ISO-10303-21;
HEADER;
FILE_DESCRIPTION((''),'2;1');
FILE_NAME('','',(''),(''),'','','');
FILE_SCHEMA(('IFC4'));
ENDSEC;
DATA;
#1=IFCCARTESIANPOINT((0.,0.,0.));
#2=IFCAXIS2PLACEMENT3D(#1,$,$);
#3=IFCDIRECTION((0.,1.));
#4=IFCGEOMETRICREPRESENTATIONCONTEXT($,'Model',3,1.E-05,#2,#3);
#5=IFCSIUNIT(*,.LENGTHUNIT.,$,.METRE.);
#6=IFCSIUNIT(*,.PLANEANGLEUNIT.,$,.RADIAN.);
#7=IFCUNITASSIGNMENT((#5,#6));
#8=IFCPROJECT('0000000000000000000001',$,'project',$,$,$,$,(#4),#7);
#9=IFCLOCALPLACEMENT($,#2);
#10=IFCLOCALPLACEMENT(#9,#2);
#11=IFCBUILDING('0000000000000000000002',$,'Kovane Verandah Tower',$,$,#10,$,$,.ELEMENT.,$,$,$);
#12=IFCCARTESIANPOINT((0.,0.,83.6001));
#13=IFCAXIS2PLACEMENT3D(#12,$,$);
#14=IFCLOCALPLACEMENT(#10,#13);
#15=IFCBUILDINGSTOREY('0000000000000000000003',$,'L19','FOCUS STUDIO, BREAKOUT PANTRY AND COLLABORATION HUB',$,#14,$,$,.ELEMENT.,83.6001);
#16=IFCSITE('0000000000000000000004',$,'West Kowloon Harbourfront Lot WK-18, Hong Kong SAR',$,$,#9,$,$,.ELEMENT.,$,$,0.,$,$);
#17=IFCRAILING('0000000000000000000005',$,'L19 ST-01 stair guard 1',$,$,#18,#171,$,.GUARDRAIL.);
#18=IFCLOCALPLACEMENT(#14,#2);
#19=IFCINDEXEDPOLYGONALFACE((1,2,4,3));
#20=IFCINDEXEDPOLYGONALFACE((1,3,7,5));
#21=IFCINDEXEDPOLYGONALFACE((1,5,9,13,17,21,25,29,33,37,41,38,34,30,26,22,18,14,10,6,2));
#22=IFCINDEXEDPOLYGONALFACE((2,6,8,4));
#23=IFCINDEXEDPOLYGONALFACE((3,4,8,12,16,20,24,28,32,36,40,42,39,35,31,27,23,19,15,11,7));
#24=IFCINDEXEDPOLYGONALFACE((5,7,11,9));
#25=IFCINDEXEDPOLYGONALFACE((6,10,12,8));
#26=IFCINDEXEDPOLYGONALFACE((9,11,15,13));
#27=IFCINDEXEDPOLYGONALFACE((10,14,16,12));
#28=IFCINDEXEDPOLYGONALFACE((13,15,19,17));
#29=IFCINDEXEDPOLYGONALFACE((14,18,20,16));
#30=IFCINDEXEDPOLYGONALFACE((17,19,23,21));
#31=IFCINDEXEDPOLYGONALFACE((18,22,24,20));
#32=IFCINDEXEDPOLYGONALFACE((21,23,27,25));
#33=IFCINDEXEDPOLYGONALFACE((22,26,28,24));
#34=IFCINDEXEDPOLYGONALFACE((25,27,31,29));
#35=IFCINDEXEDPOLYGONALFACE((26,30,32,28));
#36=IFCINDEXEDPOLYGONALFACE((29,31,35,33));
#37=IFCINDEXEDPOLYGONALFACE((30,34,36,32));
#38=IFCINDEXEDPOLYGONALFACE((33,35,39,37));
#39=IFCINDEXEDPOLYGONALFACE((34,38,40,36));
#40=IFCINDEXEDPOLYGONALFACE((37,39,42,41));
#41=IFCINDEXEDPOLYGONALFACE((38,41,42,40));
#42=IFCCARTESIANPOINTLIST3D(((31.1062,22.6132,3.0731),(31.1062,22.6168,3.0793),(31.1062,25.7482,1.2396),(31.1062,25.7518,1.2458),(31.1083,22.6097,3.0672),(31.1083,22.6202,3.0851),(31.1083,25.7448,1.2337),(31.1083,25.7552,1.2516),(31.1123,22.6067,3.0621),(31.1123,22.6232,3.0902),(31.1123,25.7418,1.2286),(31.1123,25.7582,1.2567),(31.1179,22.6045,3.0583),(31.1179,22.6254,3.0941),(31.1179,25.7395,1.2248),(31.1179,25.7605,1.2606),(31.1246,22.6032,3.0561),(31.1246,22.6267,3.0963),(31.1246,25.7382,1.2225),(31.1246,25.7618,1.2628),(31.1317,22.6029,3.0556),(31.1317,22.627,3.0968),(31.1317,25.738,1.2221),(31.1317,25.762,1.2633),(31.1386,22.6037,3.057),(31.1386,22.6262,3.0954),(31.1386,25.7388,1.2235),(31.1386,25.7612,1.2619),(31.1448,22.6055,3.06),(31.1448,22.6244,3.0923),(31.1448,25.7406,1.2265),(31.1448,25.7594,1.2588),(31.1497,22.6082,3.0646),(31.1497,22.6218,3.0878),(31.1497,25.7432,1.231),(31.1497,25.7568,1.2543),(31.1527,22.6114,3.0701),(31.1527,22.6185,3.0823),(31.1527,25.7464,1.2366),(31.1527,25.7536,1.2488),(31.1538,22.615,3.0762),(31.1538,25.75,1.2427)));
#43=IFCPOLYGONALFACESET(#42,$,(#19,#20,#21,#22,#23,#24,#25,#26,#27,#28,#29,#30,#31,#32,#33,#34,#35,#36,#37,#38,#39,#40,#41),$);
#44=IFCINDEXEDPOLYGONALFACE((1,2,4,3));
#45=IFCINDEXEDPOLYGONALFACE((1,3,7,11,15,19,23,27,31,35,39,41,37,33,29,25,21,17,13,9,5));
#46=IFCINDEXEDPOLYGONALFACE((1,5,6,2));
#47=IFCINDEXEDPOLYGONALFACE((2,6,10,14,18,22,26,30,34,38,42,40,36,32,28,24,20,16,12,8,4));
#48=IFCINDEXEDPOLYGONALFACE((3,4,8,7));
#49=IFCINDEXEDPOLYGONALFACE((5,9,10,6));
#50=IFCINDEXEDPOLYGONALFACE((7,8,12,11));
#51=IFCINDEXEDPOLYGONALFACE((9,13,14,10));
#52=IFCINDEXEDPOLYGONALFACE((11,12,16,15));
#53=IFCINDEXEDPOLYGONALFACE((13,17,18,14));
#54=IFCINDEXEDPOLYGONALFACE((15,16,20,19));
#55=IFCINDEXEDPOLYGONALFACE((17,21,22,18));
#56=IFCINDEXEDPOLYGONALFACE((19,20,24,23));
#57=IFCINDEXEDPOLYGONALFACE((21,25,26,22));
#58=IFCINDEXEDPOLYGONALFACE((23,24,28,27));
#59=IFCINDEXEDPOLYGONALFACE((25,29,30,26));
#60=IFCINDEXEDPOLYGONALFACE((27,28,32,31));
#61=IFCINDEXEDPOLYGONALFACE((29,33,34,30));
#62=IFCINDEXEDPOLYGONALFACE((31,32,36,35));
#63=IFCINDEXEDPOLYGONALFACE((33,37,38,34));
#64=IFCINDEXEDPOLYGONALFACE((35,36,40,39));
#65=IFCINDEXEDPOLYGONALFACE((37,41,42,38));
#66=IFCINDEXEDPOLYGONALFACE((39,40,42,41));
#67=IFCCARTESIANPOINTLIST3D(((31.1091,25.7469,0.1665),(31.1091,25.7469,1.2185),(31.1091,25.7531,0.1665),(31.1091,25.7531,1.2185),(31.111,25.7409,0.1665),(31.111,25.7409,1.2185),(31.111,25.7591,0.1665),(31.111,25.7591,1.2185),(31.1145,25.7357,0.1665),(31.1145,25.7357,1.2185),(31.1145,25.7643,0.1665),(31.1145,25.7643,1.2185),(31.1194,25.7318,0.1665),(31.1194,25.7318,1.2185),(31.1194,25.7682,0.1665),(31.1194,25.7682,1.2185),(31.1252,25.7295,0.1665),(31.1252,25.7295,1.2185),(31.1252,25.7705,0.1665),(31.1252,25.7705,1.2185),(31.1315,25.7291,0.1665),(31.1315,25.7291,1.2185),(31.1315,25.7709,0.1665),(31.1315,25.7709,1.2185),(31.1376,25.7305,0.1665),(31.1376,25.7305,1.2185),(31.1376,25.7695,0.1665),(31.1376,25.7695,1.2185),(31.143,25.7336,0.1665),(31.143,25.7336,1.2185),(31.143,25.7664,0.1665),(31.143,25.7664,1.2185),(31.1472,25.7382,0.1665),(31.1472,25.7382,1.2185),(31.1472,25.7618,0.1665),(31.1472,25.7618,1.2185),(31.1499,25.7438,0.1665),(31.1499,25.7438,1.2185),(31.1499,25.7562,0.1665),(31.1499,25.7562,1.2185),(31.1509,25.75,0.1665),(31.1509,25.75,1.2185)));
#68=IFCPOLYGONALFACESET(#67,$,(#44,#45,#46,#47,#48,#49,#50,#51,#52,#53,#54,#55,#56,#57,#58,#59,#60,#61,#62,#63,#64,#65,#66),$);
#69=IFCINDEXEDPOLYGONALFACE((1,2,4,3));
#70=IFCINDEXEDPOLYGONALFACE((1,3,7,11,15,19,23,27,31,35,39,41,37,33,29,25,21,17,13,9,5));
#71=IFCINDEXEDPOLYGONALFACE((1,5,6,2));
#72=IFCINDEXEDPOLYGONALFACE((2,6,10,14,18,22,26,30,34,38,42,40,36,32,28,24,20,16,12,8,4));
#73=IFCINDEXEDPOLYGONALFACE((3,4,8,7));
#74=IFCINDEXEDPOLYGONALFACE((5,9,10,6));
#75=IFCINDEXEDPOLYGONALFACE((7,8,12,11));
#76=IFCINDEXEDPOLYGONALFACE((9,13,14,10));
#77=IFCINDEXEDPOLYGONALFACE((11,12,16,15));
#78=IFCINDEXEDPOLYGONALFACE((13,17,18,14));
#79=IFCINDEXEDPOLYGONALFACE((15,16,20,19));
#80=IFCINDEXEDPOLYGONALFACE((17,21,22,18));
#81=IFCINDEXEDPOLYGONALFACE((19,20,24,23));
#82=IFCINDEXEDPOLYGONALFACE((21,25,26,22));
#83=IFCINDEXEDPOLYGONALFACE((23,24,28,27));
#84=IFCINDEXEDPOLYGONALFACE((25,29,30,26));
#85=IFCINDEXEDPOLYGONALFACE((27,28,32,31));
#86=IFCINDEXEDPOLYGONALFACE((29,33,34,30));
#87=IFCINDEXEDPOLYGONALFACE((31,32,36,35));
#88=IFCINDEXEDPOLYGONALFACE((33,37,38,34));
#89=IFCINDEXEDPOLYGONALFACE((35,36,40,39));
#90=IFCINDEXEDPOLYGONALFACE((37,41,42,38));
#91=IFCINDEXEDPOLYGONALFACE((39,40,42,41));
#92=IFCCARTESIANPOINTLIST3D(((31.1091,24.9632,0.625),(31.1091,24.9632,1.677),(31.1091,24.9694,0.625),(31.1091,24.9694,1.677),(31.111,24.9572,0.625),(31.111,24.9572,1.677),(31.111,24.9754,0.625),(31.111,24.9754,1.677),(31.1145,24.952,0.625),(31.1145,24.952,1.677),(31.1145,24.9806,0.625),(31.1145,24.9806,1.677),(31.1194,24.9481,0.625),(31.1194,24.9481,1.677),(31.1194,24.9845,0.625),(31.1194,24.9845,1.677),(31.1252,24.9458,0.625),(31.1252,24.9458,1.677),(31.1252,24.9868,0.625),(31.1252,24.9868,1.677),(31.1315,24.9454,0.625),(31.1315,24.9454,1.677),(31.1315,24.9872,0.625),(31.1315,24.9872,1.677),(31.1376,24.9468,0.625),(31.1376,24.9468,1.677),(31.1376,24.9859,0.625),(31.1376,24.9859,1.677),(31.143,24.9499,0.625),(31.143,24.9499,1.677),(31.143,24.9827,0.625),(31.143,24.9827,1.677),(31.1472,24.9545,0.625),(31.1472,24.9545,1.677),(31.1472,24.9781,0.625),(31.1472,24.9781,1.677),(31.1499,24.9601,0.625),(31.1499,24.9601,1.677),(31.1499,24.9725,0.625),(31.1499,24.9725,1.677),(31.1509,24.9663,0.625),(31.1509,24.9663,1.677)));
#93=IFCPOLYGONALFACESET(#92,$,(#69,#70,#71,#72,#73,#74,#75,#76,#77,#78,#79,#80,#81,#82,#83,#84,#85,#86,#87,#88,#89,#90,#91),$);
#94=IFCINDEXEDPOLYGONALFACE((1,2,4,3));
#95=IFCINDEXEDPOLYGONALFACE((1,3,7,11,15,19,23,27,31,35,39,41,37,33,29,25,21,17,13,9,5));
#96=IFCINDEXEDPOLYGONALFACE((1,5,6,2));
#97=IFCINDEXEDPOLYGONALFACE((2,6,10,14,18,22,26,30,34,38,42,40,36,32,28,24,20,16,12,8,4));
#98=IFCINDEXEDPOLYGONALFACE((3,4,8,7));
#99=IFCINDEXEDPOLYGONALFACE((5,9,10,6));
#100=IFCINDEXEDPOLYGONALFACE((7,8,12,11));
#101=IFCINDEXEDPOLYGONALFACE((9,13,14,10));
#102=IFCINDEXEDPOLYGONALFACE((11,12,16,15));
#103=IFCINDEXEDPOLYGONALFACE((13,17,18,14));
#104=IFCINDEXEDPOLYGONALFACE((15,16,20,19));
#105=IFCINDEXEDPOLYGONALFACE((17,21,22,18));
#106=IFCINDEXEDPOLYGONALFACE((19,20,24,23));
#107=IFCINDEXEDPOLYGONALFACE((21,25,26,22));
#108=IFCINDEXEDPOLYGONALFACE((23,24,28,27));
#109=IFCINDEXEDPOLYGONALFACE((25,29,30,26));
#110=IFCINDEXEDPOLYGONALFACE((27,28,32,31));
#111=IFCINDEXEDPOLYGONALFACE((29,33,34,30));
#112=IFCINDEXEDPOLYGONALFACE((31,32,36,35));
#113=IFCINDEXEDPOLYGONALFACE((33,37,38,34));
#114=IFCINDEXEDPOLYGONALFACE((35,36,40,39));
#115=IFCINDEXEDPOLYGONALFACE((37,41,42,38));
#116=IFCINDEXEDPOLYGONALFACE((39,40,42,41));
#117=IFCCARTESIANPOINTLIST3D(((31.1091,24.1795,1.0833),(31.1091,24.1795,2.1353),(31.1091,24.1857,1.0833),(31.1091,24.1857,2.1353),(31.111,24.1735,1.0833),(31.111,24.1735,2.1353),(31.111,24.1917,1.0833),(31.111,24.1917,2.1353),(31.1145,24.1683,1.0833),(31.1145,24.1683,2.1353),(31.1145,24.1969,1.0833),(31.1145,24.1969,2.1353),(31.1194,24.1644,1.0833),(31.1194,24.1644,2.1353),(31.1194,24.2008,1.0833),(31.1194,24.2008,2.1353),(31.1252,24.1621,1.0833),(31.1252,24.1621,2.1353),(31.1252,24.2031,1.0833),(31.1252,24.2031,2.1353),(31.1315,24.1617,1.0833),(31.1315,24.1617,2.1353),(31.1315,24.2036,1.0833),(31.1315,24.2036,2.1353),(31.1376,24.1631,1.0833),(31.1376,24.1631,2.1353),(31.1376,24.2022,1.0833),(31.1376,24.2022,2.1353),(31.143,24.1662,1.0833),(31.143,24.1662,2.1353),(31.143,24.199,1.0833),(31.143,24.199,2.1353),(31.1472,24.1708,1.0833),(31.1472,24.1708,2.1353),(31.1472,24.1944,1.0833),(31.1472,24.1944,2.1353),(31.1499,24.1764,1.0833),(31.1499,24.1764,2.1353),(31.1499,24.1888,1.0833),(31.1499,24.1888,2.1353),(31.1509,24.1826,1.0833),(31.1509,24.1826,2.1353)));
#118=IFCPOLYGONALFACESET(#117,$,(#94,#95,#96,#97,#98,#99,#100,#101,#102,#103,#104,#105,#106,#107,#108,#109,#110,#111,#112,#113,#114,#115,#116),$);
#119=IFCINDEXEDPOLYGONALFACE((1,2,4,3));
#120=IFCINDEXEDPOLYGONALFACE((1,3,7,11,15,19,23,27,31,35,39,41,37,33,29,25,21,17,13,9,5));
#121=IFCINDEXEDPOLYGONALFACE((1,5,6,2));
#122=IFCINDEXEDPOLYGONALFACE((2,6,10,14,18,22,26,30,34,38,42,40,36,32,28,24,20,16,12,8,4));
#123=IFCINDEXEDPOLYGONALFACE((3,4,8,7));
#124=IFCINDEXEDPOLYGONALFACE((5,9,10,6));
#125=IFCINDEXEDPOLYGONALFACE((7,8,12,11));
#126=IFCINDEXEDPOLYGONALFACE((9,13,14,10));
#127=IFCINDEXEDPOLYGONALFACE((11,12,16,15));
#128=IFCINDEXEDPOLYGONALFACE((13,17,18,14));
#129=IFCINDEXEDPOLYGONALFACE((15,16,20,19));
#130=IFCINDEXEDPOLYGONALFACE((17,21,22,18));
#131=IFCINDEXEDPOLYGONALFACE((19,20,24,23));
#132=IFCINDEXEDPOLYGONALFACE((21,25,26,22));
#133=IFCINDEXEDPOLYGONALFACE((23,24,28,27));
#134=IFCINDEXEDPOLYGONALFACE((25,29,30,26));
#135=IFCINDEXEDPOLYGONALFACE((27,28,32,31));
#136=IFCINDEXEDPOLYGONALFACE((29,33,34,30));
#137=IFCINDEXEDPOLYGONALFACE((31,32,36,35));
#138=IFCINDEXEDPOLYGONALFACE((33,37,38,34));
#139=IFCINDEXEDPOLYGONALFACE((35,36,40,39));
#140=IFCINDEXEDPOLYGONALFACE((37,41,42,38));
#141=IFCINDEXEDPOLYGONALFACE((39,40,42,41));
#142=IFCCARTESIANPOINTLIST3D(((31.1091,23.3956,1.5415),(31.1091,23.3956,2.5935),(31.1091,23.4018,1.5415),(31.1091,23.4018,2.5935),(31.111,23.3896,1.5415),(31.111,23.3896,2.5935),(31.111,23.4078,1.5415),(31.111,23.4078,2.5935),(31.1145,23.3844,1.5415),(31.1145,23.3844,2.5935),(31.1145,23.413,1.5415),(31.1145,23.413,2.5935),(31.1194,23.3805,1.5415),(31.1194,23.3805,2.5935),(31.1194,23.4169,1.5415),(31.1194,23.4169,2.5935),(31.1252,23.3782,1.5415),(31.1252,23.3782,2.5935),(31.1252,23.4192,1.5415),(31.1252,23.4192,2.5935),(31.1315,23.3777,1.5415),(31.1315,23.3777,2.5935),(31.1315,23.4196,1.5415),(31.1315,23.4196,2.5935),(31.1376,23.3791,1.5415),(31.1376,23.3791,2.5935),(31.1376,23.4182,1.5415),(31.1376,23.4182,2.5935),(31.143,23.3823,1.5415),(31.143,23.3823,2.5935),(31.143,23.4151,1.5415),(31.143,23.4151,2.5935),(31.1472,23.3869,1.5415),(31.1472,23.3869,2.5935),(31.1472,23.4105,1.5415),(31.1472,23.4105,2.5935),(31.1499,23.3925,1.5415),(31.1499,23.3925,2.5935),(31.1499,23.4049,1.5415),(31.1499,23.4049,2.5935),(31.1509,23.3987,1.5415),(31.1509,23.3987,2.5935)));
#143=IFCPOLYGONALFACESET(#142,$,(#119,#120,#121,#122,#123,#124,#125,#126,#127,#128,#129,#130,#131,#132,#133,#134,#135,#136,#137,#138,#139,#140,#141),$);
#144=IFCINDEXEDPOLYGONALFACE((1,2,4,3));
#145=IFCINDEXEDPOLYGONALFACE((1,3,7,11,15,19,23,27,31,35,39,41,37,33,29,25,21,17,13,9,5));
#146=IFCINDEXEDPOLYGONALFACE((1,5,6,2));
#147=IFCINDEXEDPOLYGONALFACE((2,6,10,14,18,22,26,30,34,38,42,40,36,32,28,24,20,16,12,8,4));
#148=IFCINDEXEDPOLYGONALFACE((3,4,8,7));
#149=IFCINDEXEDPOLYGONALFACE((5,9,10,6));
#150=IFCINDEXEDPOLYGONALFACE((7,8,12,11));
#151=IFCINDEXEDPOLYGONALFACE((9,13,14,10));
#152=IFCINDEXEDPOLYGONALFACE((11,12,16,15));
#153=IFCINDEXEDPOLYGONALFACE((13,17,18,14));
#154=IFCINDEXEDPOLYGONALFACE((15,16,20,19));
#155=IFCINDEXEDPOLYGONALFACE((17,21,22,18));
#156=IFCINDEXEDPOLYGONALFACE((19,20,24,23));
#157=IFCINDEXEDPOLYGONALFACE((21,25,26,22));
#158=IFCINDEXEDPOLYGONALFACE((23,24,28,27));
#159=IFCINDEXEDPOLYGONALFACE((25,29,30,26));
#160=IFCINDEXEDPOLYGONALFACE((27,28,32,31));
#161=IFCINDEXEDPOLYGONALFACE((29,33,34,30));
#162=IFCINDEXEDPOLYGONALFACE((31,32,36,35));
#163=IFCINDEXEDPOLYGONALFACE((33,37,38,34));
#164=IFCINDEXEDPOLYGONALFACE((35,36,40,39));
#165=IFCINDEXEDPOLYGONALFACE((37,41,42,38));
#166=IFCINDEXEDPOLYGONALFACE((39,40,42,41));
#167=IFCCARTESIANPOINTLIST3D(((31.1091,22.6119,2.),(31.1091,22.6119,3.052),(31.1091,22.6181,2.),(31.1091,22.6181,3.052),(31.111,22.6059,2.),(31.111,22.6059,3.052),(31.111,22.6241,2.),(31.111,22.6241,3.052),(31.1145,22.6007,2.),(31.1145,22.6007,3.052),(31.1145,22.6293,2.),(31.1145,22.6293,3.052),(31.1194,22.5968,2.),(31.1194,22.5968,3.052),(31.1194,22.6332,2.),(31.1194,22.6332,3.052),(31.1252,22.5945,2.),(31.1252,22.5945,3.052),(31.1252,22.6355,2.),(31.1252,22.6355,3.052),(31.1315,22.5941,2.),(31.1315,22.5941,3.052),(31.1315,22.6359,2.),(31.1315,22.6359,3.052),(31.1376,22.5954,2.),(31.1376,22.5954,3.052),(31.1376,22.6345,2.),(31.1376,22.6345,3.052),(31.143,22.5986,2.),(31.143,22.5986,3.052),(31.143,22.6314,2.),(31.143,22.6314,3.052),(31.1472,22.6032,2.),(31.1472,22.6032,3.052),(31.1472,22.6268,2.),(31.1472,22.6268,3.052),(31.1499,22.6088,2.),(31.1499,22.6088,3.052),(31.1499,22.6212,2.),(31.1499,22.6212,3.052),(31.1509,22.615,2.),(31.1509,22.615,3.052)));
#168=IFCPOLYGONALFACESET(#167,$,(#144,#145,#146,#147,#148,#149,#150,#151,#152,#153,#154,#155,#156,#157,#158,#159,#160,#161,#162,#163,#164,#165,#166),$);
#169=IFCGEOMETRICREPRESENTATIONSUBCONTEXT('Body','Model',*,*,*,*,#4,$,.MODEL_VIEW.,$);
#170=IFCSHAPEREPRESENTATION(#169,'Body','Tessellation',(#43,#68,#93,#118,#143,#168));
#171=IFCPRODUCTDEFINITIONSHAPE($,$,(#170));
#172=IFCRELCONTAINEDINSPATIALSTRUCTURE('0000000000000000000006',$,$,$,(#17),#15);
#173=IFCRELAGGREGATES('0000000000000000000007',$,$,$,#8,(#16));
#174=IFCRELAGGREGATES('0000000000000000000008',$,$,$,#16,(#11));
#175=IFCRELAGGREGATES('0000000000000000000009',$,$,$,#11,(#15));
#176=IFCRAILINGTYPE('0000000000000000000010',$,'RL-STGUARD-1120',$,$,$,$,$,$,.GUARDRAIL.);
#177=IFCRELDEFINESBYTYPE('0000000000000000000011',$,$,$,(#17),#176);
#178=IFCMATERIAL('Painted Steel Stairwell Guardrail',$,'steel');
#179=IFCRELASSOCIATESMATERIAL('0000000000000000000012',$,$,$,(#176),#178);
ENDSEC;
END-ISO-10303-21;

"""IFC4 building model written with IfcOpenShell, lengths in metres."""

from ifc_helpers import new_model, si_unit, direction, frame, origin, origin_2d, place, context, subcontext, project, spatial, circle, extrude, material, type_object, element, save


model = new_model("IFC4")

# Units and contexts
model_context = context("Model", 3, precision=1e-05, world=origin(), true_north=direction((0.0, 1.0)))
body_context = subcontext(model_context, "Body", "Model", "MODEL_VIEW")
ifc_project = project(units=[si_unit("LENGTHUNIT", "METRE"), si_unit("PLANEANGLEUNIT", "RADIAN")], contexts=[model_context])

# Site, building, storey
site_placement = place(None, origin())
site = spatial("IfcSite", under=ifc_project, at=site_placement, Name="West Kowloon Harbourfront Lot WK-18, Hong Kong SAR", CompositionType="ELEMENT", RefElevation=0.0)
building_placement = place(site_placement, origin())
building = spatial("IfcBuilding", under=site, at=building_placement, Name="Kovane Verandah Tower", CompositionType="ELEMENT")
storey_placement = place(building_placement, frame((0.0, 0.0, 83.6001)))
storey = spatial("IfcBuildingStorey", under=building, at=storey_placement, Name="L19", Description="FOCUS STUDIO, BREAKOUT PANTRY AND COLLABORATION HUB", CompositionType="ELEMENT", Elevation=83.6001)

# Railing
ifc_material_1 = material(Name="Painted Steel Stairwell Guardrail", Category="steel")
railing_type_1 = type_object("IfcRailingType", Name="RL-STGUARD-1120", PredefinedType="GUARDRAIL", material=ifc_material_1)
railing_1_placement = place(storey_placement, frame((31.1299, 25.75, 0.1665)))
element("IfcRailing", 1, at=railing_1_placement, inside=storey, type_object=railing_type_1, Name="L19 ST-01 stair guard 1", PredefinedType="GUARDRAIL", context=body_context, shape_type="SweptSolid", body=[
    extrude(circle(Radius=0.0239, at=origin_2d()), frame((0.0, 0.0, 1.0762), z_axis=(0.0, -0.86321, 0.504845), x_axis=(1.0, 0.0, 0.0)), (0.0, 0.0, 1.0), 3.6318),
    extrude(circle(Radius=0.021, at=origin_2d()), origin(), (0.0, 0.0, 1.0), 1.052),
    extrude(circle(Radius=0.021, at=origin_2d()), frame((0.0, -0.7837, 0.4585)), (0.0, 0.0, 1.0), 1.052),
    extrude(circle(Radius=0.021, at=origin_2d()), frame((0.0, -1.5674, 0.9167)), (0.0, 0.0, 1.0), 1.052),
    extrude(circle(Radius=0.021, at=origin_2d()), frame((0.0, -2.3513, 1.375)), (0.0, 0.0, 1.0), 1.052),
    extrude(circle(Radius=0.021, at=origin_2d()), frame((0.0, -3.135, 1.8335)), (0.0, 0.0, 1.0), 1.052),
])

save(model, "model.ifc")
